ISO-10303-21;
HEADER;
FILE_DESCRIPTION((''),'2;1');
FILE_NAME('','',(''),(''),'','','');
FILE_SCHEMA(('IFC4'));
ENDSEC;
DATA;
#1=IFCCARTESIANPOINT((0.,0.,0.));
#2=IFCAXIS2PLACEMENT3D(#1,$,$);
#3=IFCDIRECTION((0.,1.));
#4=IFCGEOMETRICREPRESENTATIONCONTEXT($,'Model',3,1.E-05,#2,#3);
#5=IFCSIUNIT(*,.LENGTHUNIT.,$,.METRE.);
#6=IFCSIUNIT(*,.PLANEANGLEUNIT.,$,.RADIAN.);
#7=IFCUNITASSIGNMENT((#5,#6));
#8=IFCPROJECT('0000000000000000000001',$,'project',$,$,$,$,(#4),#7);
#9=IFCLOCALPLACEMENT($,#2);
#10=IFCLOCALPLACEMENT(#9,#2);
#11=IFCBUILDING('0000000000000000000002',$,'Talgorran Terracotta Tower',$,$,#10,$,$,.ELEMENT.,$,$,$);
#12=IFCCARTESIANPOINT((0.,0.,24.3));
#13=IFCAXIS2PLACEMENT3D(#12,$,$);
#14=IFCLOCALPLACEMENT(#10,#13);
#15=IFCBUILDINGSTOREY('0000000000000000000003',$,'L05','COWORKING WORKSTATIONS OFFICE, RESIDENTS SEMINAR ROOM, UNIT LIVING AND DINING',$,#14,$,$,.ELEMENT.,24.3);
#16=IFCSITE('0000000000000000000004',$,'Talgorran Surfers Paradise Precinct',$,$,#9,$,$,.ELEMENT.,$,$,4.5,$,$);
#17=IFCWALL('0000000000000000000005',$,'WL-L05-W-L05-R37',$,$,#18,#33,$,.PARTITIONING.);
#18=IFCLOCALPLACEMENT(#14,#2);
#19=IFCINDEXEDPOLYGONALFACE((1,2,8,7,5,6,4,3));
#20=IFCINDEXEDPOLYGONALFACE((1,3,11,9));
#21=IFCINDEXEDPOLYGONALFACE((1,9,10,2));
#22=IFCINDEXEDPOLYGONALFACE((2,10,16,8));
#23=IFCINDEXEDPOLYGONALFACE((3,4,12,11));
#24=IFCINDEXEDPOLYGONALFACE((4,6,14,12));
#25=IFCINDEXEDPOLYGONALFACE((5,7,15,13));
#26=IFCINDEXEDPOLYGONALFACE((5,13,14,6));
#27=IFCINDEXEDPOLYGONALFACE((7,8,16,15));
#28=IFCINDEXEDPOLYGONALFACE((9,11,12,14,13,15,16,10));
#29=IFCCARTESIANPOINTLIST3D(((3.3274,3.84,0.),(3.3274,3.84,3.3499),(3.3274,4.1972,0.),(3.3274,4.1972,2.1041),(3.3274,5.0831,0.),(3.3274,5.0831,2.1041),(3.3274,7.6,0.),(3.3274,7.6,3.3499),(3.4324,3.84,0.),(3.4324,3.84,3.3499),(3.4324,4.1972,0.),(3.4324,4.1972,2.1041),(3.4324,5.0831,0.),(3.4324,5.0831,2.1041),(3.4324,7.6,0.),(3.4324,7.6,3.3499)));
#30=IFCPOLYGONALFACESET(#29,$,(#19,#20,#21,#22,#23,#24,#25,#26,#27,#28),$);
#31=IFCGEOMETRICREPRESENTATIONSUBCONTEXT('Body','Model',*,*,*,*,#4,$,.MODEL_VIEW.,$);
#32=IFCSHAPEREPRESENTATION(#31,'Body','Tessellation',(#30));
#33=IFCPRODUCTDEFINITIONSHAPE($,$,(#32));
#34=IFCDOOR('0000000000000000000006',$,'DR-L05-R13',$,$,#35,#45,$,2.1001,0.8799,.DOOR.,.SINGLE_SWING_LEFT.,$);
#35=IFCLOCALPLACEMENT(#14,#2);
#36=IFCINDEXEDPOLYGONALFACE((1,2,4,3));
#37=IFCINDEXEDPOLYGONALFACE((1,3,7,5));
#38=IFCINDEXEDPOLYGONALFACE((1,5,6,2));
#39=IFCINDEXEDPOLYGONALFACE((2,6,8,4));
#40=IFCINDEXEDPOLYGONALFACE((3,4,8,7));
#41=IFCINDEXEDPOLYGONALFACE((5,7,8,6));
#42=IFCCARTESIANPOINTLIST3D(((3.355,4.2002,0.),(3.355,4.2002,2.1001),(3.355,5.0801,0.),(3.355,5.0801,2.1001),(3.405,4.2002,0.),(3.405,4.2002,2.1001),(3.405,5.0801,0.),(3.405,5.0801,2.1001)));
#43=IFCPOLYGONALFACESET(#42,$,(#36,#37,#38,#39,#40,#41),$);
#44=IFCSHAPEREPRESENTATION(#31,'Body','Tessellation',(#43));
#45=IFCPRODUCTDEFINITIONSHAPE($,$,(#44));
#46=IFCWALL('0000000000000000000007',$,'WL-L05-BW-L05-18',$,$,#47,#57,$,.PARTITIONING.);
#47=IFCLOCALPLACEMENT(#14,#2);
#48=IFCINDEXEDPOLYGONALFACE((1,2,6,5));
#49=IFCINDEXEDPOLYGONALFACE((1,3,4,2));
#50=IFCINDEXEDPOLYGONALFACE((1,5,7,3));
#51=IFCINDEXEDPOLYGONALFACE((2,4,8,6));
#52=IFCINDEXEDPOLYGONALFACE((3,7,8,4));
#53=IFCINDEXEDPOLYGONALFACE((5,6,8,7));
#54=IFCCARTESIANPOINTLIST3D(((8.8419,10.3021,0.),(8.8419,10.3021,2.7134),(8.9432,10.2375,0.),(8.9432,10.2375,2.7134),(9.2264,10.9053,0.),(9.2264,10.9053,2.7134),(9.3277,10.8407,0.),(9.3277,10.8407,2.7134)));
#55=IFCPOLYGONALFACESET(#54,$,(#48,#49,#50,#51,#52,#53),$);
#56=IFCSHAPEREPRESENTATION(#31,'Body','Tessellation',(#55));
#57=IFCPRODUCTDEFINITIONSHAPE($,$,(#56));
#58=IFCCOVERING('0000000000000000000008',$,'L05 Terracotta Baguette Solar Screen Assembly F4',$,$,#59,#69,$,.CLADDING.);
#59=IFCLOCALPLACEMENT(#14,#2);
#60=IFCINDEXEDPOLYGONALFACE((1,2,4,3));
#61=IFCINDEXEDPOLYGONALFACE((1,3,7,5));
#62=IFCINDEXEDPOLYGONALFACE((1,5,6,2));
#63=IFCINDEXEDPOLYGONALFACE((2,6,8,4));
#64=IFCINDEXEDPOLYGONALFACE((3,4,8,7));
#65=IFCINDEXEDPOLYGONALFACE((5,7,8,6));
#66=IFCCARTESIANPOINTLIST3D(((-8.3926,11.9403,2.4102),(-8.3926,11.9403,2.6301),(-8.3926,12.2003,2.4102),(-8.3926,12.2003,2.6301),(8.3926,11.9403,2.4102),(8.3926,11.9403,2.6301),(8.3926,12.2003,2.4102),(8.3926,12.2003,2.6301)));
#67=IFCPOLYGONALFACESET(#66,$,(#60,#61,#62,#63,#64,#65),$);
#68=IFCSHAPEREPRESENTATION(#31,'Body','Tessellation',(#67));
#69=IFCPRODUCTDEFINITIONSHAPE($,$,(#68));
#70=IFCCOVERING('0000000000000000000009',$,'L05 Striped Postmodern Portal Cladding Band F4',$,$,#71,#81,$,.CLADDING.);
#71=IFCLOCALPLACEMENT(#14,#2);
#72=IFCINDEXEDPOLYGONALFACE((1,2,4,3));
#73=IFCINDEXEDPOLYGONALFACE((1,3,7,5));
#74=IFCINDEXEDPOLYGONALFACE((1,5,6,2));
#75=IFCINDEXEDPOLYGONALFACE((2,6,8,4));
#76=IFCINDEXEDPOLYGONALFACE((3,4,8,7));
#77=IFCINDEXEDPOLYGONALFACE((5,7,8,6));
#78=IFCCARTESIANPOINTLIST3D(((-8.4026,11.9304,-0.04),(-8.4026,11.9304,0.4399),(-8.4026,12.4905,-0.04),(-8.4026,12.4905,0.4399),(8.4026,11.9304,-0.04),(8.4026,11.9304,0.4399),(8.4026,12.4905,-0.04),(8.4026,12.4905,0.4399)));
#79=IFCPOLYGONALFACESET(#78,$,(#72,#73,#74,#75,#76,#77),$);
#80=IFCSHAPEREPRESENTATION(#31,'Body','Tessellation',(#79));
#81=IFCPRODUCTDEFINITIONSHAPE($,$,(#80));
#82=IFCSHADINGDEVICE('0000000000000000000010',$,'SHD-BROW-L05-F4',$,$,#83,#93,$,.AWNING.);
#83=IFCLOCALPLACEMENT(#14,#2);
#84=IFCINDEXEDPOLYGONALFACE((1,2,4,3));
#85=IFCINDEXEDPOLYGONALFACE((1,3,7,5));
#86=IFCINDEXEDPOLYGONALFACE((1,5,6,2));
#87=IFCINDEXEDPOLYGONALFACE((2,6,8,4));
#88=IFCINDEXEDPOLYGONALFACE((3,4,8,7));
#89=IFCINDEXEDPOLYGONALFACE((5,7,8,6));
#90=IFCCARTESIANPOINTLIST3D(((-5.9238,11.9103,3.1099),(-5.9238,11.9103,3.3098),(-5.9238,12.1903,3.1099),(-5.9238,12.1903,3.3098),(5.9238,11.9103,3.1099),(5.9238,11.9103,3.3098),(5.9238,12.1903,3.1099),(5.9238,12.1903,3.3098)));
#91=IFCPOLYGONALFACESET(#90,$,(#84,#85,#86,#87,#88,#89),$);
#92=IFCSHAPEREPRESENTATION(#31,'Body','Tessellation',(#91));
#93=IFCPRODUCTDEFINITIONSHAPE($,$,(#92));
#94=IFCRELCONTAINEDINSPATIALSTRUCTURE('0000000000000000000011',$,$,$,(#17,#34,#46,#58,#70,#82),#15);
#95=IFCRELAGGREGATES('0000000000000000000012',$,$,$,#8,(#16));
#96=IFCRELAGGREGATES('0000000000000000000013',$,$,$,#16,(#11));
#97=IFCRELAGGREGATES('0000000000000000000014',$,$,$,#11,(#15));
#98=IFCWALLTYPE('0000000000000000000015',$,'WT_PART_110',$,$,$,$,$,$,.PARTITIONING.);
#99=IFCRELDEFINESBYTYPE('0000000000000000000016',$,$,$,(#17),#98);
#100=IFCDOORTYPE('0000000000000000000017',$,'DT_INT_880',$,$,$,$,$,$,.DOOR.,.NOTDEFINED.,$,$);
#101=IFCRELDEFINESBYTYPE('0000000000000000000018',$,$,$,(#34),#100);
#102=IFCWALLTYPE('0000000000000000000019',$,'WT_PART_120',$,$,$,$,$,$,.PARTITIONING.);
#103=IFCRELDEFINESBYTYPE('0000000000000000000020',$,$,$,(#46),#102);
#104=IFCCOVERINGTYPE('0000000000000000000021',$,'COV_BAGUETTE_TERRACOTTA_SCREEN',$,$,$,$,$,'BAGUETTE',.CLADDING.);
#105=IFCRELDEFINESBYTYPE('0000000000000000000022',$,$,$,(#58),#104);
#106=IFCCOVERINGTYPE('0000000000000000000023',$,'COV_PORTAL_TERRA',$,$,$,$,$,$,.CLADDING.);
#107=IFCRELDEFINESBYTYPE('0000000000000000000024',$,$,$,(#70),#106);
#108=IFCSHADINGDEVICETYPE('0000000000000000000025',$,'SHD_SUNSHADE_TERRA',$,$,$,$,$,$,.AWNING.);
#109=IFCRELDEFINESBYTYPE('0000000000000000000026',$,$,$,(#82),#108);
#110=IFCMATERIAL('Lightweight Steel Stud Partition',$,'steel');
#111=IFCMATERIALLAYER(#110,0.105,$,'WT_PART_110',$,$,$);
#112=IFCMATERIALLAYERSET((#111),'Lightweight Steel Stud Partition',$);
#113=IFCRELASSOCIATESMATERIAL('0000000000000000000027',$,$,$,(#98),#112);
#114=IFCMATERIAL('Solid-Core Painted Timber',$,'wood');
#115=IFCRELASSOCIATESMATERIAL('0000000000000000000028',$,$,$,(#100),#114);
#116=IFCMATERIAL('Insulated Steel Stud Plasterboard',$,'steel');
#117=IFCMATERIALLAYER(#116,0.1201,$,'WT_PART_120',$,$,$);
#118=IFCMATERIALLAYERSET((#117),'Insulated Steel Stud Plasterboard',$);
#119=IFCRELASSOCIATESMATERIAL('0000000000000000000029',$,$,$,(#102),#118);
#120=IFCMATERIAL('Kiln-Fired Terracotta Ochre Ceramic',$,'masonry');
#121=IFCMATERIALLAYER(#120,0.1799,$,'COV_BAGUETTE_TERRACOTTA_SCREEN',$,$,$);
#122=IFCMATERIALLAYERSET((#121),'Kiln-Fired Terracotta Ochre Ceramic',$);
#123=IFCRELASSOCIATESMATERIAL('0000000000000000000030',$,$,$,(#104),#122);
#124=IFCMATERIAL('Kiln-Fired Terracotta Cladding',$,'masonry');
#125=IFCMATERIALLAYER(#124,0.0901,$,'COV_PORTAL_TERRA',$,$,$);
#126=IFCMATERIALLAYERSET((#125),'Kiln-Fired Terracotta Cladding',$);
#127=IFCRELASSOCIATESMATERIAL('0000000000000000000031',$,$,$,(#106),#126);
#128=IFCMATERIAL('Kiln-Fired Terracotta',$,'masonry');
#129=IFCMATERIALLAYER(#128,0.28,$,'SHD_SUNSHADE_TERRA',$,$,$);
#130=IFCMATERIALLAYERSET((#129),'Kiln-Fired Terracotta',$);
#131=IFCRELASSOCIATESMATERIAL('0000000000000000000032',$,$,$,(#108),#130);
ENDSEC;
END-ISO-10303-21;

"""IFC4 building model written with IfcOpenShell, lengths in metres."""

from ifc_helpers import new_model, si_unit, direction, frame, frame_2d, origin, origin_2d, place, context, subcontext, project, spatial, rectangle, extrude, source, transform, mapped, material, layer, layer_set, type_object, type_shapes, element, fill, save


model = new_model("IFC4")

# Units and contexts
model_context = context("Model", 3, precision=1e-05, world=origin(), true_north=direction((0.0, 1.0)))
body_context = subcontext(model_context, "Body", "Model", "MODEL_VIEW")
ifc_project = project(units=[si_unit("LENGTHUNIT", "METRE"), si_unit("PLANEANGLEUNIT", "RADIAN")], contexts=[model_context])

# Site, building, storey
site_placement = place(None, origin())
site = spatial("IfcSite", under=ifc_project, at=site_placement, Name="Talgorran Surfers Paradise Precinct", CompositionType="ELEMENT", RefElevation=4.5)
building_placement = place(site_placement, origin())
building = spatial("IfcBuilding", under=site, at=building_placement, Name="Talgorran Terracotta Tower", CompositionType="ELEMENT")
storey_placement = place(building_placement, frame((0.0, 0.0, 24.3)))
storey = spatial("IfcBuildingStorey", under=building, at=storey_placement, Name="L05", Description="COWORKING WORKSTATIONS OFFICE, RESIDENTS SEMINAR ROOM, UNIT LIVING AND DINING", CompositionType="ELEMENT", Elevation=24.3)

# Shared definitions
ifc_material_1 = material(Name="Lightweight Steel Stud Partition", Category="steel")
ifc_layer_1 = layer(ifc_material_1, 0.105, Name="WT_PART_110")
ifc_layer_set_1 = layer_set([ifc_layer_1], Name="Lightweight Steel Stud Partition")
wall_type_1 = type_object("IfcWallType", Name="WT_PART_110", PredefinedType="PARTITIONING", material=ifc_layer_set_1)
ifc_material_2 = material(Name="Solid-Core Painted Timber", Category="wood")
door_type = type_object("IfcDoorType", Name="DT_INT_880", OperationType="NOTDEFINED", PredefinedType="DOOR", material=ifc_material_2)

# Wall, opening, door
wall_1_placement = place(storey_placement, frame((3.3799, 3.8401, 0.0), z_axis=(0.0, 0.0, 1.0), x_axis=(0.0, 1.0, 0.0)))
wall_1 = element("IfcWall", 1, at=wall_1_placement, inside=storey, type_object=wall_type_1, Name="WL-L05-W-L05-R37", PredefinedType="PARTITIONING", context=body_context, shape_type="SweptSolid", body=[
    extrude(rectangle(XDim=3.76, YDim=0.105, at=frame_2d((1.8799, 0.0))), origin(), (0.0, 0.0, 1.0), 3.3499),
])
opening_1_placement = place(wall_1_placement, frame((0.3601, 0.0, 0.0)))
opening_1 = element("IfcOpeningElement", 2, at=opening_1_placement, cuts=wall_1, PredefinedType="OPENING", context=body_context, shape_type="SweptSolid", body=[
    extrude(rectangle(XDim=0.8859, YDim=2.1041, at=frame_2d((0.4399, 1.052))), frame((0.0, 0.0625, 0.0), z_axis=(0.0, -1.0, 0.0), x_axis=(1.0, 0.0, 0.0)), (0.0, 0.0, 1.0), 0.125),
])
door_1_placement = place(opening_1_placement, origin())
door_1 = element("IfcDoor", 3, at=door_1_placement, inside=storey, type_object=door_type, Name="DR-L05-R13", OperationType="SINGLE_SWING_LEFT", OverallHeight=2.1001, OverallWidth=0.8799, PredefinedType="DOOR", context=body_context, shape_type="SweptSolid", body=[
    extrude(rectangle(XDim=0.8799, YDim=2.1001, at=frame_2d((0.4399, 1.05))), frame((0.0, 0.0249, 0.0), z_axis=(0.0, -1.0, 0.0), x_axis=(1.0, 0.0, 0.0)), (0.0, 0.0, 1.0), 0.05),
])
fill(opening_1, door_1)

# Wall
ifc_material_3 = material(Name="Insulated Steel Stud Plasterboard", Category="steel")
ifc_layer_2 = layer(ifc_material_3, 0.1201, Name="WT_PART_120")
ifc_layer_set_2 = layer_set([ifc_layer_2], Name="Insulated Steel Stud Plasterboard")
wall_type_2 = type_object("IfcWallType", Name="WT_PART_120", PredefinedType="PARTITIONING", material=ifc_layer_set_2)
wall_2_placement = place(storey_placement, frame((8.8926, 10.2698, 0.0), z_axis=(0.0, 0.0, 1.0), x_axis=(0.537494, 0.843268, 0.0)))
element("IfcWall", 4, at=wall_2_placement, inside=storey, type_object=wall_type_2, Name="WL-L05-BW-L05-18", PredefinedType="PARTITIONING", context=body_context, shape_type="SweptSolid", body=[
    extrude(rectangle(XDim=0.7153, YDim=0.1201, at=frame_2d((0.3577, 0.0))), origin(), (0.0, 0.0, 1.0), 2.7134),
])

# Coverings
ifc_material_4 = material(Name="Kiln-Fired Terracotta Ochre Ceramic", Category="masonry")
ifc_layer_3 = layer(ifc_material_4, 0.1799, Name="COV_BAGUETTE_TERRACOTTA_SCREEN")
ifc_layer_set_3 = layer_set([ifc_layer_3], Name="Kiln-Fired Terracotta Ochre Ceramic")
covering_type_1 = type_object("IfcCoveringType", Name="COV_BAGUETTE_TERRACOTTA_SCREEN", ElementType="BAGUETTE", PredefinedType="CLADDING", material=ifc_layer_set_3)
covering_1_placement = place(storey_placement, frame((0.0, 12.0703, 2.4102), z_axis=(0.0, 0.0, 1.0), x_axis=(-1.0, 0.0, 0.0)))
element("IfcCovering", 5, at=covering_1_placement, inside=storey, type_object=covering_type_1, Name="L05 Terracotta Baguette Solar Screen Assembly F4", PredefinedType="CLADDING", context=body_context, shape_type="SweptSolid", body=[
    extrude(rectangle(XDim=16.7852, YDim=0.26, at=origin_2d()), origin(), (0.0, 0.0, 1.0), 0.22),
])
ifc_material_5 = material(Name="Kiln-Fired Terracotta Cladding", Category="masonry")
ifc_layer_4 = layer(ifc_material_5, 0.0901, Name="COV_PORTAL_TERRA")
ifc_layer_set_4 = layer_set([ifc_layer_4], Name="Kiln-Fired Terracotta Cladding")
covering_type_2 = type_object("IfcCoveringType", Name="COV_PORTAL_TERRA", PredefinedType="CLADDING", material=ifc_layer_set_4)
covering_2_placement = place(storey_placement, frame((0.0, 12.2104, -0.04), z_axis=(0.0, 0.0, 1.0), x_axis=(-1.0, 0.0, 0.0)))
element("IfcCovering", 6, at=covering_2_placement, inside=storey, type_object=covering_type_2, Name="L05 Striped Postmodern Portal Cladding Band F4", PredefinedType="CLADDING", context=body_context, shape_type="SweptSolid", body=[
    extrude(rectangle(XDim=16.8052, YDim=0.5601, at=origin_2d()), origin(), (0.0, 0.0, 1.0), 0.48),
])

# Shading device
ifc_material_6 = material(Name="Kiln-Fired Terracotta", Category="masonry")
ifc_layer_5 = layer(ifc_material_6, 0.28, Name="SHD_SUNSHADE_TERRA")
ifc_layer_set_5 = layer_set([ifc_layer_5], Name="Kiln-Fired Terracotta")
shading_device_type = type_object("IfcShadingDeviceType", Name="SHD_SUNSHADE_TERRA", PredefinedType="AWNING", material=ifc_layer_set_5)
shared_shape_1 = source(origin(), body_context, "Body", "SweptSolid", [
    extrude(rectangle(XDim=11.8477, YDim=0.28, at=origin_2d()), origin(), (0.0, 0.0, 1.0), 0.2),
])
type_shapes(shading_device_type, [shared_shape_1])
shading_device_placement = place(storey_placement, frame((0.0, 12.0503, 3.1099), z_axis=(0.0, 0.0, 1.0), x_axis=(-1.0, 0.0, 0.0)))
element("IfcShadingDevice", 7, at=shading_device_placement, inside=storey, type_object=shading_device_type, Name="SHD-BROW-L05-F4", PredefinedType="AWNING", context=body_context, shape_type="MappedRepresentation", body=[
    mapped(shared_shape_1, transform((0.0, 0.0, 0.0), scale=1.0)),
])

save(model, "model.ifc")
